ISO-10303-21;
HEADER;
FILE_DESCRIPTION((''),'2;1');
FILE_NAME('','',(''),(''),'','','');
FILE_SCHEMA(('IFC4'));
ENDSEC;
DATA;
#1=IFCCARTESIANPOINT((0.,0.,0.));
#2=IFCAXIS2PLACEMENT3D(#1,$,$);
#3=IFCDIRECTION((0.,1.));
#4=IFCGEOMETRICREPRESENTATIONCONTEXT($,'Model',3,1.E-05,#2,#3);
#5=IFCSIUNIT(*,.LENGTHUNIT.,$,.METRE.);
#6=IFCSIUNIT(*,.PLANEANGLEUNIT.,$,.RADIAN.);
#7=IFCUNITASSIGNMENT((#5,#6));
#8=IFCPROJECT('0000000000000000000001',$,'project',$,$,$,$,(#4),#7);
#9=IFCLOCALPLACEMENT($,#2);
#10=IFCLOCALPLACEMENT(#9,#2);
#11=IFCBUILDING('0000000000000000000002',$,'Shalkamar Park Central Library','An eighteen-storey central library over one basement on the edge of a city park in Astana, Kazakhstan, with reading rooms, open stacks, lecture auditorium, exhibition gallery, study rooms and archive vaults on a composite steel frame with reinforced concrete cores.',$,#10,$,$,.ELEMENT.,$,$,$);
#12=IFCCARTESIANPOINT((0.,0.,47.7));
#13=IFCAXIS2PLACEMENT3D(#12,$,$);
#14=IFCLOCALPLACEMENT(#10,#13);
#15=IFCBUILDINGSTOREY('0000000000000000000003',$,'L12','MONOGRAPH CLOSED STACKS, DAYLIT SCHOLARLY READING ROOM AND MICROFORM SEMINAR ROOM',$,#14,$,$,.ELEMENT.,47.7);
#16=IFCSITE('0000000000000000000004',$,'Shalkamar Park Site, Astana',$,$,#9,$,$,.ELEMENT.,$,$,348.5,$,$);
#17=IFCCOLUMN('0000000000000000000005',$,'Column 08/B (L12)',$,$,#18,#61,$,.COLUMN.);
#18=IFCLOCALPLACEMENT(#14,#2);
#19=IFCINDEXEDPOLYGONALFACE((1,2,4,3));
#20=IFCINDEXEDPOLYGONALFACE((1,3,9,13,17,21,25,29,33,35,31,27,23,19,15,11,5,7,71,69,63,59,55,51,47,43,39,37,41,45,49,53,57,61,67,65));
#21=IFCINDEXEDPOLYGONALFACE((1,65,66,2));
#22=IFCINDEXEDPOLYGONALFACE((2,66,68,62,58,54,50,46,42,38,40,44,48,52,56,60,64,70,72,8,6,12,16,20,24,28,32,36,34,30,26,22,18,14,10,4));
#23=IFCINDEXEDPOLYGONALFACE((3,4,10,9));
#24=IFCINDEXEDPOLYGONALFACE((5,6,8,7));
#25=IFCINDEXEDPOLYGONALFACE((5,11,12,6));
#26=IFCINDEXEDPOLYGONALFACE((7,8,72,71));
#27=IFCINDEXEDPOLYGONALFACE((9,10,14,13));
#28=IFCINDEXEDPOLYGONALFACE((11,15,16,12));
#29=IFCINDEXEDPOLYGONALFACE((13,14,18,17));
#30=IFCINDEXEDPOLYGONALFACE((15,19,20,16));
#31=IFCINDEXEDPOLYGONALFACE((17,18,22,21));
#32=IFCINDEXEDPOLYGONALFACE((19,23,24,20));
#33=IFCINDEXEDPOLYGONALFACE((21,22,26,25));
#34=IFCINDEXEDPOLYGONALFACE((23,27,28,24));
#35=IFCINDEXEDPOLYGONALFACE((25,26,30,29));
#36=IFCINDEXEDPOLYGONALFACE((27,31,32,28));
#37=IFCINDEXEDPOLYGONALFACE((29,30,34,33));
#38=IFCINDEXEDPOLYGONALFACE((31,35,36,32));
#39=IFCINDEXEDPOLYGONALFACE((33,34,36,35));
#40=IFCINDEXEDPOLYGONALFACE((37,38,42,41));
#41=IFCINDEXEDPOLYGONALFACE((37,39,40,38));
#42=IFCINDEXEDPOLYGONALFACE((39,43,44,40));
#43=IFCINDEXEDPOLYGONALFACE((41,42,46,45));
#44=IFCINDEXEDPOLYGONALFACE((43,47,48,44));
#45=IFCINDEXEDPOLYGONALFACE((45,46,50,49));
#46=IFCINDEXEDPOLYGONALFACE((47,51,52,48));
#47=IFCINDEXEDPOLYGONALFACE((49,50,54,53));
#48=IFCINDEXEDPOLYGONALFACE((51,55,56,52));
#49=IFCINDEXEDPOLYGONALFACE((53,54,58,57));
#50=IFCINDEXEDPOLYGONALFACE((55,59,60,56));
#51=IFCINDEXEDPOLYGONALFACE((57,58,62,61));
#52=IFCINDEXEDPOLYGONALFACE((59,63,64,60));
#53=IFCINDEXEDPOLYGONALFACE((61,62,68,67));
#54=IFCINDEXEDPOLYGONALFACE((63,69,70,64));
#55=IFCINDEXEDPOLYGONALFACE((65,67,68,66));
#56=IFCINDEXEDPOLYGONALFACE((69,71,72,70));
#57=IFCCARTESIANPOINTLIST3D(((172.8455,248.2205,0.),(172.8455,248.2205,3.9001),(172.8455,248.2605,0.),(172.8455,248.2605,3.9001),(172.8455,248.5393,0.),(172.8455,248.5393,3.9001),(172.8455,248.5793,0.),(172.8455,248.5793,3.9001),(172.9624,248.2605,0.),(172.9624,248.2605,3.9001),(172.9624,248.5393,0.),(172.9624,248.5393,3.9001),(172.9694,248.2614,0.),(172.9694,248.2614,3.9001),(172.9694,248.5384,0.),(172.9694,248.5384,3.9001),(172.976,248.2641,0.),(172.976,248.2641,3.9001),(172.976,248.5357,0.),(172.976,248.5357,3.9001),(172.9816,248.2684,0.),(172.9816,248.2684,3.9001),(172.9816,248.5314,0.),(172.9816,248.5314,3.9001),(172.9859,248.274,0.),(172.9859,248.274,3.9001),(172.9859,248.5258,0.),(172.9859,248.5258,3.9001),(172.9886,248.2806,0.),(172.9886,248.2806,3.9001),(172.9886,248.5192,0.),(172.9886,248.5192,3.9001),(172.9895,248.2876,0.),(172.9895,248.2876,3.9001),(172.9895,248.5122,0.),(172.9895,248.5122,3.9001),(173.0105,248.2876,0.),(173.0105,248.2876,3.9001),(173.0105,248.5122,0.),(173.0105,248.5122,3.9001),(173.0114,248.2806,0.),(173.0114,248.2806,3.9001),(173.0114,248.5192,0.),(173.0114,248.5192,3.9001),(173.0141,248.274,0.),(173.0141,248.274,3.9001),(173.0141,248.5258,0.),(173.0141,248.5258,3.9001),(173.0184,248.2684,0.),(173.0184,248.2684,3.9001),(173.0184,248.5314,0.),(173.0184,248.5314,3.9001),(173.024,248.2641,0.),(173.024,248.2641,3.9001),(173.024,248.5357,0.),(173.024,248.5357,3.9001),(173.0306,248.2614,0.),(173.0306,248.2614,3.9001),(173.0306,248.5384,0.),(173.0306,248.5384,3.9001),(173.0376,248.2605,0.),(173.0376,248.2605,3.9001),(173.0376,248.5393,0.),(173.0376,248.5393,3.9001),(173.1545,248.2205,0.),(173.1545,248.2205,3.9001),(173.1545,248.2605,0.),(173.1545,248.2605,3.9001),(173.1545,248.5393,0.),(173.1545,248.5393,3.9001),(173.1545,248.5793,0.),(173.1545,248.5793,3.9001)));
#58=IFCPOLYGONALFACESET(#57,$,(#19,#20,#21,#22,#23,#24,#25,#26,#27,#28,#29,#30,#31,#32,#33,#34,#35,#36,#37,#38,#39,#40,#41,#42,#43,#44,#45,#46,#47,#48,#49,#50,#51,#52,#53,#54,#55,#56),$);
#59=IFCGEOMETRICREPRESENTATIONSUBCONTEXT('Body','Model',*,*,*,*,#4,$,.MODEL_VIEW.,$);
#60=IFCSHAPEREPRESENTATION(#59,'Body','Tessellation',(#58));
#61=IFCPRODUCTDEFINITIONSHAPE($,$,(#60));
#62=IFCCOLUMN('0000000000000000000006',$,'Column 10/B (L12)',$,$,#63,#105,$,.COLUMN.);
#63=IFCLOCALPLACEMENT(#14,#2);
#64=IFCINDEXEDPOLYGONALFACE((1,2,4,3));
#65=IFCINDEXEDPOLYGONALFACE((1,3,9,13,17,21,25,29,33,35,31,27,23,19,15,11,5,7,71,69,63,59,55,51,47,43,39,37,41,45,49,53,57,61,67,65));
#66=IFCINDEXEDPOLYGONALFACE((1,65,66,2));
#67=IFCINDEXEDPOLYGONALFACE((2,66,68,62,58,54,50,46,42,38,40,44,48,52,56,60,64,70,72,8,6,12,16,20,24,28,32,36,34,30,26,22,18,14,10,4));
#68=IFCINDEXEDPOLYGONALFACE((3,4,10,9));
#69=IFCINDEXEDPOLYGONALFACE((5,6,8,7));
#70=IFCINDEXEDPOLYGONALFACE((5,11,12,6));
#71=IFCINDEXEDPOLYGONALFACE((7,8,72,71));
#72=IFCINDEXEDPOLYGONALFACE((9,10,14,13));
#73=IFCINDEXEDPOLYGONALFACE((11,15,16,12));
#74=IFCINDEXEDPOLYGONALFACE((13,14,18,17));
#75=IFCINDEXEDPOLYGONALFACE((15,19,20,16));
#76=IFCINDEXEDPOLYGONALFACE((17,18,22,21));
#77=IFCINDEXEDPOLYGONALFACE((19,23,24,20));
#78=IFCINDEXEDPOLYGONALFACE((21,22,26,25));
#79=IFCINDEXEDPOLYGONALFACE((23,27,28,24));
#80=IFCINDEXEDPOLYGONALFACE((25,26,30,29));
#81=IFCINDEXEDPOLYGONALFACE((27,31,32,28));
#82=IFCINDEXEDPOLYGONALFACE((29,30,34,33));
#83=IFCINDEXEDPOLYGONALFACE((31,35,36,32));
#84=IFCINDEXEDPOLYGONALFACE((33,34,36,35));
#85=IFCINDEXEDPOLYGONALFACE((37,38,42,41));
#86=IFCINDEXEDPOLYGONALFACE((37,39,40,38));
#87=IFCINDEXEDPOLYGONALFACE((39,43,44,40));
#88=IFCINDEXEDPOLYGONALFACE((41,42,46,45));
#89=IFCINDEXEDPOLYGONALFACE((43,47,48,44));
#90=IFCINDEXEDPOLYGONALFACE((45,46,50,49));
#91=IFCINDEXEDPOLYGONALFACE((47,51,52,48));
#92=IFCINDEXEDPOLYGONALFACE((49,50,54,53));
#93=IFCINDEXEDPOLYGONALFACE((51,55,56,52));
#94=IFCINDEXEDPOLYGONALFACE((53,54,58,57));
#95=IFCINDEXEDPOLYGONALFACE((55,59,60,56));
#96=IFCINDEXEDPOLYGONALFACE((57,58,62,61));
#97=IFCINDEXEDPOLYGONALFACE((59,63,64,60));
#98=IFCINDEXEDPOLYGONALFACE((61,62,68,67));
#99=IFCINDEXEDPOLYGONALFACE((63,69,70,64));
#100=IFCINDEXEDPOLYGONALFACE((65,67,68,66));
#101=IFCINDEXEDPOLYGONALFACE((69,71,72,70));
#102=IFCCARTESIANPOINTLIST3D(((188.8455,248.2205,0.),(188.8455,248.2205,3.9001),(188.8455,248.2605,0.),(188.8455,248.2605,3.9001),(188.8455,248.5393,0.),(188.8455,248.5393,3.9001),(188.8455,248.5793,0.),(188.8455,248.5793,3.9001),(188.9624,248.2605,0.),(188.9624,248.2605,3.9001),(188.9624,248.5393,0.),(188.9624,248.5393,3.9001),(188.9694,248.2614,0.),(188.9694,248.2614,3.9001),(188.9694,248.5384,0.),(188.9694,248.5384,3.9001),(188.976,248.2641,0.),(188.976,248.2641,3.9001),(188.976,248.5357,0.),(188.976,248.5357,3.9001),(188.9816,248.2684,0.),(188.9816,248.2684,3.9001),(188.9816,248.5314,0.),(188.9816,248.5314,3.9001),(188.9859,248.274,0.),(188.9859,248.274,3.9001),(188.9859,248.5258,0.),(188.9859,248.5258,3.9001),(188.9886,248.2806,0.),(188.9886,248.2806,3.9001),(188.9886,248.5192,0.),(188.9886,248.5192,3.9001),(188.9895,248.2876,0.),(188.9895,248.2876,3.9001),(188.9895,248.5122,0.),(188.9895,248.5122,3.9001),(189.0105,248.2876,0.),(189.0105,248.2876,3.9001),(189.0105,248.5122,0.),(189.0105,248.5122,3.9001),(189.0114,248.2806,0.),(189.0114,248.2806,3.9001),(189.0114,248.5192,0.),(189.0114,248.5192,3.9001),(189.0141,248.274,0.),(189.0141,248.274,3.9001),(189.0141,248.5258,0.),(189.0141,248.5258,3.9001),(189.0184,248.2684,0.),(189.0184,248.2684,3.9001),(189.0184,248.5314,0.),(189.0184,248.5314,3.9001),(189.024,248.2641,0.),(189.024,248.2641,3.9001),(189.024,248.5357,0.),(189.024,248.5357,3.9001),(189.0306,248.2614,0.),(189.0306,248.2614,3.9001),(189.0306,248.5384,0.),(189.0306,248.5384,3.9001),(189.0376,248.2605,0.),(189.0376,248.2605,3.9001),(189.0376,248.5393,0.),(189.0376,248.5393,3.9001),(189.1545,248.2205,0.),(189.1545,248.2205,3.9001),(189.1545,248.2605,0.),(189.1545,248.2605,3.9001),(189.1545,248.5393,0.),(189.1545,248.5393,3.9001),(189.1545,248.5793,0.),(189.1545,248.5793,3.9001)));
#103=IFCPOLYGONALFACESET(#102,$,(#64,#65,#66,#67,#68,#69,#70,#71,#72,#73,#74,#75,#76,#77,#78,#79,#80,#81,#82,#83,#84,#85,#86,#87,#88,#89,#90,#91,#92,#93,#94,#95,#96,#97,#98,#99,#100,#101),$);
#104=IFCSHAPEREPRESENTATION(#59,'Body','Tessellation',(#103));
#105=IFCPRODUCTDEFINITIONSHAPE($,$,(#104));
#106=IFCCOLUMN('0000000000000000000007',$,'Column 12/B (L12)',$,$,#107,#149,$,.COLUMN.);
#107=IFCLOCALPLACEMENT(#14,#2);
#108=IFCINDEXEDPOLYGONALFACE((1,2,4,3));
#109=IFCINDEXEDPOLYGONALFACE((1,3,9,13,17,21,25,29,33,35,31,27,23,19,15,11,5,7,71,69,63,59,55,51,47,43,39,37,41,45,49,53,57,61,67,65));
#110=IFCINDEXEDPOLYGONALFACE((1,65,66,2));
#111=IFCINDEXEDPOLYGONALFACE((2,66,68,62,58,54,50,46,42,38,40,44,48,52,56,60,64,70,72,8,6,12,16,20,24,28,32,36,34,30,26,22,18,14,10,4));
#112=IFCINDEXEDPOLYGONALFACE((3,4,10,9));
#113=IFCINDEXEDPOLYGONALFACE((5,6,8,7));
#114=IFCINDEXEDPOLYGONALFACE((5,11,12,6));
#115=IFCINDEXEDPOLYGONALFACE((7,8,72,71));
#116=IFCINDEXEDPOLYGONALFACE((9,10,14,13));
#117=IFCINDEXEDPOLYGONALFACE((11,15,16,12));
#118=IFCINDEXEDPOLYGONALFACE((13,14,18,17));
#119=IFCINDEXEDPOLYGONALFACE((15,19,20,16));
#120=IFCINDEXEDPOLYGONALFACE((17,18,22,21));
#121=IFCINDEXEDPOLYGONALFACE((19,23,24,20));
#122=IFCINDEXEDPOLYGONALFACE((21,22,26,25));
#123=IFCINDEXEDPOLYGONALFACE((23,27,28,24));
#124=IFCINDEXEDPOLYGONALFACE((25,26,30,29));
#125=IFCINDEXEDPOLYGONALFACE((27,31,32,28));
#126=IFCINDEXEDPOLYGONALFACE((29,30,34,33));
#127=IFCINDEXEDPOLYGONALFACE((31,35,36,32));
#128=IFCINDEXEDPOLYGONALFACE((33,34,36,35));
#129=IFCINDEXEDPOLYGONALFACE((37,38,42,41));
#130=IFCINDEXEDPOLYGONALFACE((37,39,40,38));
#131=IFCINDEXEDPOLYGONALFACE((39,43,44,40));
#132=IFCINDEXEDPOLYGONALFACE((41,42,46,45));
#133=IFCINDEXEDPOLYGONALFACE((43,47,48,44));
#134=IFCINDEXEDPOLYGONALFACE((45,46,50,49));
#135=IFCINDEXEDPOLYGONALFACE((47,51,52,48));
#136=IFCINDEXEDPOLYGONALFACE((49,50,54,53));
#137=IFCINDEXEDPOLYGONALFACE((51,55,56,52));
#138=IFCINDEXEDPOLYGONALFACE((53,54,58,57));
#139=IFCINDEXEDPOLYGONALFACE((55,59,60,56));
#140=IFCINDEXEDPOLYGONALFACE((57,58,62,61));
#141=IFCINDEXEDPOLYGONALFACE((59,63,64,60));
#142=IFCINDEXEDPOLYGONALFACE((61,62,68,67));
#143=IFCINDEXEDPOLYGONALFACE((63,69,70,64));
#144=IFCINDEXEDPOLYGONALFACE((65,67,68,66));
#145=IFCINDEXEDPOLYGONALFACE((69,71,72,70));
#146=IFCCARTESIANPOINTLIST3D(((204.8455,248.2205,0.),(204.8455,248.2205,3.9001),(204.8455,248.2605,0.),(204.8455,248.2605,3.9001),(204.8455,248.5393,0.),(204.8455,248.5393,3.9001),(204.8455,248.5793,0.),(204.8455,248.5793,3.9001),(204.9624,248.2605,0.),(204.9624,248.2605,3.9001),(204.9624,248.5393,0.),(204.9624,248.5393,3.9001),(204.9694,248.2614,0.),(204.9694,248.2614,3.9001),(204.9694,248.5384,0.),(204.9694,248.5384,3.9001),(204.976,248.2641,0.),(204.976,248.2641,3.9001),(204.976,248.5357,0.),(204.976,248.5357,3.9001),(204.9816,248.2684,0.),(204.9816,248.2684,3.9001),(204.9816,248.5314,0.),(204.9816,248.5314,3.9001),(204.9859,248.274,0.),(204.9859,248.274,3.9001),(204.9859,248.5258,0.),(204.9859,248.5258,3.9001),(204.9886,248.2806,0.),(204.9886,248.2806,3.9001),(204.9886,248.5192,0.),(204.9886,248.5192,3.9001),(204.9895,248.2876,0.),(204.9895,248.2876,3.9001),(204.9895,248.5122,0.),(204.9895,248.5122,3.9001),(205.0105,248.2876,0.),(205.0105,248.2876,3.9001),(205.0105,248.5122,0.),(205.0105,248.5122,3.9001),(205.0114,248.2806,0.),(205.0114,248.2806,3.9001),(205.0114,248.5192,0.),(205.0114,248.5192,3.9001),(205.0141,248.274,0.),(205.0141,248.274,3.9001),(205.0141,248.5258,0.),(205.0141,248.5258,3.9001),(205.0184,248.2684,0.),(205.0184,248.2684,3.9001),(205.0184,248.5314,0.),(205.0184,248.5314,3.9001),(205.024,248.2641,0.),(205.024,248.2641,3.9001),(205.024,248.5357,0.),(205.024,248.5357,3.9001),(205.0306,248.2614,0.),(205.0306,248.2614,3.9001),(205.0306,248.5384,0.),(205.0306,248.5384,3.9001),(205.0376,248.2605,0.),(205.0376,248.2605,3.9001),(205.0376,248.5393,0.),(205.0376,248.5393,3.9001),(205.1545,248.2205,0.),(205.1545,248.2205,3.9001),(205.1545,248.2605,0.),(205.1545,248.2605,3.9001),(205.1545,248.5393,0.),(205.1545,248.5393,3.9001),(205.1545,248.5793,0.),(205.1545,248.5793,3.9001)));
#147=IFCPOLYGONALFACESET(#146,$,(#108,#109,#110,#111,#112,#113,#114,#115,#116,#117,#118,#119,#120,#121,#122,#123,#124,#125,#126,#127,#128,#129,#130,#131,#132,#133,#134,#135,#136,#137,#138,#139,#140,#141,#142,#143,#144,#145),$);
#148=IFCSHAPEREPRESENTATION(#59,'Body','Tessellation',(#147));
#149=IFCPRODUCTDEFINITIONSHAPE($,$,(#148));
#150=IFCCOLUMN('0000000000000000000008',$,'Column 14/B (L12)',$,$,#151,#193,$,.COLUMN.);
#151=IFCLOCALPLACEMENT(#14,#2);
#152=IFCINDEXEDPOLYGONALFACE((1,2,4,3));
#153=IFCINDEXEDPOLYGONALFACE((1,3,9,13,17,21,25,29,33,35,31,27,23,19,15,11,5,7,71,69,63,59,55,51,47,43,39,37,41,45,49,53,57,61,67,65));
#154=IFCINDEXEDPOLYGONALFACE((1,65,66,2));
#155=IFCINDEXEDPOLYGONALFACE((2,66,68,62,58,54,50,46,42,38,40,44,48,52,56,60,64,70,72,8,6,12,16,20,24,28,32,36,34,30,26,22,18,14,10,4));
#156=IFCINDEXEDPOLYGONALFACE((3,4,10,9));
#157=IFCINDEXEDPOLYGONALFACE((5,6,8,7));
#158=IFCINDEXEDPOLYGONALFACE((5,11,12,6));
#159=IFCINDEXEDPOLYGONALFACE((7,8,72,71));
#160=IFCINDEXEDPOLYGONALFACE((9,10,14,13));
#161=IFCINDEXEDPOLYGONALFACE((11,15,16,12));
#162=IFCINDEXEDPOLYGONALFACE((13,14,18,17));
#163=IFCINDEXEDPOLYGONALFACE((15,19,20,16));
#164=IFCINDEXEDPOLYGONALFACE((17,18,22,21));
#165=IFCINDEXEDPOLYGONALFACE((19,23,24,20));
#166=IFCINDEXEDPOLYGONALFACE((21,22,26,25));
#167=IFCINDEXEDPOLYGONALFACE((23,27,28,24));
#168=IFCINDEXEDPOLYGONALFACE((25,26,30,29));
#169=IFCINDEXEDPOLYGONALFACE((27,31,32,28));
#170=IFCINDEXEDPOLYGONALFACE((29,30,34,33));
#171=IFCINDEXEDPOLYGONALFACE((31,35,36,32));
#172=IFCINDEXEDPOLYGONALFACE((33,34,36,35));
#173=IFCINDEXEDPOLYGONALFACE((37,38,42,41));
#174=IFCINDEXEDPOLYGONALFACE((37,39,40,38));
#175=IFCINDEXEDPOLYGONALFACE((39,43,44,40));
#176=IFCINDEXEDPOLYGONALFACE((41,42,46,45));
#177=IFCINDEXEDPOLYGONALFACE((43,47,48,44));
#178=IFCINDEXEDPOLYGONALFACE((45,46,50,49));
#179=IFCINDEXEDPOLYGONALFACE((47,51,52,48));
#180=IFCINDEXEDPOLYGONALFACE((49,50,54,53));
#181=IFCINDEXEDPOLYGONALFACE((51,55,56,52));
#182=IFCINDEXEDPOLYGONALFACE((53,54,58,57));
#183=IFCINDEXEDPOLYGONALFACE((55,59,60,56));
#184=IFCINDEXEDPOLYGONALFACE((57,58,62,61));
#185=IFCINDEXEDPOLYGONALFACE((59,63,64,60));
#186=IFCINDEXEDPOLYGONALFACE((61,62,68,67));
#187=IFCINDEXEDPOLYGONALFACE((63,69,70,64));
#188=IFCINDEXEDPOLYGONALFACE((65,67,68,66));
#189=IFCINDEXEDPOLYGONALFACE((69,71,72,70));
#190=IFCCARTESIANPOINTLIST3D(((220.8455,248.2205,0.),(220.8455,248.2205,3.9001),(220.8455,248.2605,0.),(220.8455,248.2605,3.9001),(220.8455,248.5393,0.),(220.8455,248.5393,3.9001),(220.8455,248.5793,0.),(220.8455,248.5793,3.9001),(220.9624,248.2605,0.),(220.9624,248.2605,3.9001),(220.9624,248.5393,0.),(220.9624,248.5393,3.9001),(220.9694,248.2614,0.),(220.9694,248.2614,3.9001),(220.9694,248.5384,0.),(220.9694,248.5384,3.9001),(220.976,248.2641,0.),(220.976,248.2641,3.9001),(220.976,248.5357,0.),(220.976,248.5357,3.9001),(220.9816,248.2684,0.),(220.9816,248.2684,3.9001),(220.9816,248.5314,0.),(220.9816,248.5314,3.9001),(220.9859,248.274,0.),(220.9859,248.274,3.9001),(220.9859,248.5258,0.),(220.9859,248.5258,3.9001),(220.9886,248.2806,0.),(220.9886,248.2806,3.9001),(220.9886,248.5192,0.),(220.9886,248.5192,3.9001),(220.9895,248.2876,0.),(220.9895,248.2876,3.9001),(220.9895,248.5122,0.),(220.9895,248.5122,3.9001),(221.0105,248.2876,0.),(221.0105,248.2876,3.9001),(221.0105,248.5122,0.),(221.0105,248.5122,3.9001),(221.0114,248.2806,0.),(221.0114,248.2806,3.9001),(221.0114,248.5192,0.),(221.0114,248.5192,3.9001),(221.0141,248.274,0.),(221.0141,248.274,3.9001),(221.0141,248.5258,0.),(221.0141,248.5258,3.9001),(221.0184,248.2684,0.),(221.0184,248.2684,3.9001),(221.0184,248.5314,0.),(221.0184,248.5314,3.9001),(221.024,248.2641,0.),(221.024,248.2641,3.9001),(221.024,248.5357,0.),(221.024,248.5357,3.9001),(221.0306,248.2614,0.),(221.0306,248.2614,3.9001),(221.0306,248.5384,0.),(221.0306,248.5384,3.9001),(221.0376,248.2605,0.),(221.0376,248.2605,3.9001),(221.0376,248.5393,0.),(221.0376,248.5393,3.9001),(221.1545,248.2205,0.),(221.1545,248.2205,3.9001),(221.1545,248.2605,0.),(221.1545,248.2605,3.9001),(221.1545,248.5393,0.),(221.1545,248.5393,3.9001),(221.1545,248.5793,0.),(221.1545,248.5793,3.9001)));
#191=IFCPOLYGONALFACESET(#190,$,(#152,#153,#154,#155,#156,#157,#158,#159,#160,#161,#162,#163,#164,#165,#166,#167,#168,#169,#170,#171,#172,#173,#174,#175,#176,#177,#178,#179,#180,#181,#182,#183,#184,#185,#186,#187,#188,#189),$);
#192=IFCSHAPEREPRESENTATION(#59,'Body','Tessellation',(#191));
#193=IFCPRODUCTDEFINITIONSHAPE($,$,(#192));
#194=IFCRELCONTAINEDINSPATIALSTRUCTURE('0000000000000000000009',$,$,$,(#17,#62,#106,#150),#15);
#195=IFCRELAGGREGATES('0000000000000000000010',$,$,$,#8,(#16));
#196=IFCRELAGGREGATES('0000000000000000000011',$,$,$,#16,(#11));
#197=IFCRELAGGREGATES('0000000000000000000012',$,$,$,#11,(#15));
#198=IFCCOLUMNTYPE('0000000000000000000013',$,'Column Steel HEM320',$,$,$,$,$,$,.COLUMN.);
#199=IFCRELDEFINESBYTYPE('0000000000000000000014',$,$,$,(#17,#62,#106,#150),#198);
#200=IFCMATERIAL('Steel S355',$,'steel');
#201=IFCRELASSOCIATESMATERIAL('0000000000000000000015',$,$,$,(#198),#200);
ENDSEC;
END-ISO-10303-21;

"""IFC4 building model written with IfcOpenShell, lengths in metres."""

from ifc_helpers import new_model, si_unit, direction, frame, origin, origin_2d, place, context, subcontext, project, spatial, i_section, extrude, material, material_profile, profile_set, type_object, element, save


model = new_model("IFC4")

# Units and contexts
model_context = context("Model", 3, precision=1e-05, world=origin(), true_north=direction((0.0, 1.0)))
body_context = subcontext(model_context, "Body", "Model", "MODEL_VIEW")
ifc_project = project(units=[si_unit("LENGTHUNIT", "METRE"), si_unit("PLANEANGLEUNIT", "RADIAN")], contexts=[model_context])

# Site, building, storey
site_placement = place(None, origin())
site = spatial("IfcSite", under=ifc_project, at=site_placement, Name="Shalkamar Park Site, Astana", CompositionType="ELEMENT", RefElevation=348.5)
building_placement = place(site_placement, origin())
building = spatial("IfcBuilding", under=site, at=building_placement, Name="Shalkamar Park Central Library", Description="An eighteen-storey central library over one basement on the edge of a city park in Astana, Kazakhstan, with reading rooms, open stacks, lecture auditorium, exhibition gallery, study rooms and archive vaults on a composite steel frame with reinforced concrete cores.", CompositionType="ELEMENT")
storey_placement = place(building_placement, frame((0.0, 0.0, 47.7)))
storey = spatial("IfcBuildingStorey", under=building, at=storey_placement, Name="L12", Description="MONOGRAPH CLOSED STACKS, DAYLIT SCHOLARLY READING ROOM AND MICROFORM SEMINAR ROOM", CompositionType="ELEMENT", Elevation=47.7)

# Columns
ifc_material_1 = material(Name="Steel S355", Category="steel")
ifc_material_profile_1 = material_profile(ifc_material_1, i_section(OverallWidth=0.3091, OverallDepth=0.3589, WebThickness=0.021, FlangeThickness=0.04, FilletRadius=0.0271, at=origin_2d()), Name="HEM 320")
ifc_profile_set_1 = profile_set([ifc_material_profile_1], Name="Steel S355")
column_type_1 = type_object("IfcColumnType", Name="Column Steel HEM320", PredefinedType="COLUMN", material=ifc_profile_set_1)
for number, where, z_axis, x_axis, name in (
    (1, (173.0, 248.3999, 0.0), (0.0, 0.0, 1.0), (1.0, 0.0, 0.0), "Column 08/B (L12)"),
    (2, (189.0, 248.3999, 0.0), (0.0, 0.0, 1.0), (1.0, 0.0, 0.0), "Column 10/B (L12)"),
    (3, (205.0, 248.3999, 0.0), (0.0, 0.0, 1.0), (1.0, 0.0, 0.0), "Column 12/B (L12)"),
    (4, (221.0, 248.3999, 0.0), (0.0, 0.0, 1.0), (1.0, 0.0, 0.0), "Column 14/B (L12)"),
):
    element("IfcColumn", number, at=place(storey_placement, frame(where, z_axis=z_axis, x_axis=x_axis)), inside=storey, type_object=column_type_1, Name=name, PredefinedType="COLUMN", context=body_context, shape_type="SweptSolid", body=[
        extrude(i_section(OverallWidth=0.3091, OverallDepth=0.3589, WebThickness=0.021, FlangeThickness=0.04, FilletRadius=0.0271, at=origin_2d()), origin(), (0.0, 0.0, 1.0), 3.9001),
    ])

save(model, "model.ifc")
